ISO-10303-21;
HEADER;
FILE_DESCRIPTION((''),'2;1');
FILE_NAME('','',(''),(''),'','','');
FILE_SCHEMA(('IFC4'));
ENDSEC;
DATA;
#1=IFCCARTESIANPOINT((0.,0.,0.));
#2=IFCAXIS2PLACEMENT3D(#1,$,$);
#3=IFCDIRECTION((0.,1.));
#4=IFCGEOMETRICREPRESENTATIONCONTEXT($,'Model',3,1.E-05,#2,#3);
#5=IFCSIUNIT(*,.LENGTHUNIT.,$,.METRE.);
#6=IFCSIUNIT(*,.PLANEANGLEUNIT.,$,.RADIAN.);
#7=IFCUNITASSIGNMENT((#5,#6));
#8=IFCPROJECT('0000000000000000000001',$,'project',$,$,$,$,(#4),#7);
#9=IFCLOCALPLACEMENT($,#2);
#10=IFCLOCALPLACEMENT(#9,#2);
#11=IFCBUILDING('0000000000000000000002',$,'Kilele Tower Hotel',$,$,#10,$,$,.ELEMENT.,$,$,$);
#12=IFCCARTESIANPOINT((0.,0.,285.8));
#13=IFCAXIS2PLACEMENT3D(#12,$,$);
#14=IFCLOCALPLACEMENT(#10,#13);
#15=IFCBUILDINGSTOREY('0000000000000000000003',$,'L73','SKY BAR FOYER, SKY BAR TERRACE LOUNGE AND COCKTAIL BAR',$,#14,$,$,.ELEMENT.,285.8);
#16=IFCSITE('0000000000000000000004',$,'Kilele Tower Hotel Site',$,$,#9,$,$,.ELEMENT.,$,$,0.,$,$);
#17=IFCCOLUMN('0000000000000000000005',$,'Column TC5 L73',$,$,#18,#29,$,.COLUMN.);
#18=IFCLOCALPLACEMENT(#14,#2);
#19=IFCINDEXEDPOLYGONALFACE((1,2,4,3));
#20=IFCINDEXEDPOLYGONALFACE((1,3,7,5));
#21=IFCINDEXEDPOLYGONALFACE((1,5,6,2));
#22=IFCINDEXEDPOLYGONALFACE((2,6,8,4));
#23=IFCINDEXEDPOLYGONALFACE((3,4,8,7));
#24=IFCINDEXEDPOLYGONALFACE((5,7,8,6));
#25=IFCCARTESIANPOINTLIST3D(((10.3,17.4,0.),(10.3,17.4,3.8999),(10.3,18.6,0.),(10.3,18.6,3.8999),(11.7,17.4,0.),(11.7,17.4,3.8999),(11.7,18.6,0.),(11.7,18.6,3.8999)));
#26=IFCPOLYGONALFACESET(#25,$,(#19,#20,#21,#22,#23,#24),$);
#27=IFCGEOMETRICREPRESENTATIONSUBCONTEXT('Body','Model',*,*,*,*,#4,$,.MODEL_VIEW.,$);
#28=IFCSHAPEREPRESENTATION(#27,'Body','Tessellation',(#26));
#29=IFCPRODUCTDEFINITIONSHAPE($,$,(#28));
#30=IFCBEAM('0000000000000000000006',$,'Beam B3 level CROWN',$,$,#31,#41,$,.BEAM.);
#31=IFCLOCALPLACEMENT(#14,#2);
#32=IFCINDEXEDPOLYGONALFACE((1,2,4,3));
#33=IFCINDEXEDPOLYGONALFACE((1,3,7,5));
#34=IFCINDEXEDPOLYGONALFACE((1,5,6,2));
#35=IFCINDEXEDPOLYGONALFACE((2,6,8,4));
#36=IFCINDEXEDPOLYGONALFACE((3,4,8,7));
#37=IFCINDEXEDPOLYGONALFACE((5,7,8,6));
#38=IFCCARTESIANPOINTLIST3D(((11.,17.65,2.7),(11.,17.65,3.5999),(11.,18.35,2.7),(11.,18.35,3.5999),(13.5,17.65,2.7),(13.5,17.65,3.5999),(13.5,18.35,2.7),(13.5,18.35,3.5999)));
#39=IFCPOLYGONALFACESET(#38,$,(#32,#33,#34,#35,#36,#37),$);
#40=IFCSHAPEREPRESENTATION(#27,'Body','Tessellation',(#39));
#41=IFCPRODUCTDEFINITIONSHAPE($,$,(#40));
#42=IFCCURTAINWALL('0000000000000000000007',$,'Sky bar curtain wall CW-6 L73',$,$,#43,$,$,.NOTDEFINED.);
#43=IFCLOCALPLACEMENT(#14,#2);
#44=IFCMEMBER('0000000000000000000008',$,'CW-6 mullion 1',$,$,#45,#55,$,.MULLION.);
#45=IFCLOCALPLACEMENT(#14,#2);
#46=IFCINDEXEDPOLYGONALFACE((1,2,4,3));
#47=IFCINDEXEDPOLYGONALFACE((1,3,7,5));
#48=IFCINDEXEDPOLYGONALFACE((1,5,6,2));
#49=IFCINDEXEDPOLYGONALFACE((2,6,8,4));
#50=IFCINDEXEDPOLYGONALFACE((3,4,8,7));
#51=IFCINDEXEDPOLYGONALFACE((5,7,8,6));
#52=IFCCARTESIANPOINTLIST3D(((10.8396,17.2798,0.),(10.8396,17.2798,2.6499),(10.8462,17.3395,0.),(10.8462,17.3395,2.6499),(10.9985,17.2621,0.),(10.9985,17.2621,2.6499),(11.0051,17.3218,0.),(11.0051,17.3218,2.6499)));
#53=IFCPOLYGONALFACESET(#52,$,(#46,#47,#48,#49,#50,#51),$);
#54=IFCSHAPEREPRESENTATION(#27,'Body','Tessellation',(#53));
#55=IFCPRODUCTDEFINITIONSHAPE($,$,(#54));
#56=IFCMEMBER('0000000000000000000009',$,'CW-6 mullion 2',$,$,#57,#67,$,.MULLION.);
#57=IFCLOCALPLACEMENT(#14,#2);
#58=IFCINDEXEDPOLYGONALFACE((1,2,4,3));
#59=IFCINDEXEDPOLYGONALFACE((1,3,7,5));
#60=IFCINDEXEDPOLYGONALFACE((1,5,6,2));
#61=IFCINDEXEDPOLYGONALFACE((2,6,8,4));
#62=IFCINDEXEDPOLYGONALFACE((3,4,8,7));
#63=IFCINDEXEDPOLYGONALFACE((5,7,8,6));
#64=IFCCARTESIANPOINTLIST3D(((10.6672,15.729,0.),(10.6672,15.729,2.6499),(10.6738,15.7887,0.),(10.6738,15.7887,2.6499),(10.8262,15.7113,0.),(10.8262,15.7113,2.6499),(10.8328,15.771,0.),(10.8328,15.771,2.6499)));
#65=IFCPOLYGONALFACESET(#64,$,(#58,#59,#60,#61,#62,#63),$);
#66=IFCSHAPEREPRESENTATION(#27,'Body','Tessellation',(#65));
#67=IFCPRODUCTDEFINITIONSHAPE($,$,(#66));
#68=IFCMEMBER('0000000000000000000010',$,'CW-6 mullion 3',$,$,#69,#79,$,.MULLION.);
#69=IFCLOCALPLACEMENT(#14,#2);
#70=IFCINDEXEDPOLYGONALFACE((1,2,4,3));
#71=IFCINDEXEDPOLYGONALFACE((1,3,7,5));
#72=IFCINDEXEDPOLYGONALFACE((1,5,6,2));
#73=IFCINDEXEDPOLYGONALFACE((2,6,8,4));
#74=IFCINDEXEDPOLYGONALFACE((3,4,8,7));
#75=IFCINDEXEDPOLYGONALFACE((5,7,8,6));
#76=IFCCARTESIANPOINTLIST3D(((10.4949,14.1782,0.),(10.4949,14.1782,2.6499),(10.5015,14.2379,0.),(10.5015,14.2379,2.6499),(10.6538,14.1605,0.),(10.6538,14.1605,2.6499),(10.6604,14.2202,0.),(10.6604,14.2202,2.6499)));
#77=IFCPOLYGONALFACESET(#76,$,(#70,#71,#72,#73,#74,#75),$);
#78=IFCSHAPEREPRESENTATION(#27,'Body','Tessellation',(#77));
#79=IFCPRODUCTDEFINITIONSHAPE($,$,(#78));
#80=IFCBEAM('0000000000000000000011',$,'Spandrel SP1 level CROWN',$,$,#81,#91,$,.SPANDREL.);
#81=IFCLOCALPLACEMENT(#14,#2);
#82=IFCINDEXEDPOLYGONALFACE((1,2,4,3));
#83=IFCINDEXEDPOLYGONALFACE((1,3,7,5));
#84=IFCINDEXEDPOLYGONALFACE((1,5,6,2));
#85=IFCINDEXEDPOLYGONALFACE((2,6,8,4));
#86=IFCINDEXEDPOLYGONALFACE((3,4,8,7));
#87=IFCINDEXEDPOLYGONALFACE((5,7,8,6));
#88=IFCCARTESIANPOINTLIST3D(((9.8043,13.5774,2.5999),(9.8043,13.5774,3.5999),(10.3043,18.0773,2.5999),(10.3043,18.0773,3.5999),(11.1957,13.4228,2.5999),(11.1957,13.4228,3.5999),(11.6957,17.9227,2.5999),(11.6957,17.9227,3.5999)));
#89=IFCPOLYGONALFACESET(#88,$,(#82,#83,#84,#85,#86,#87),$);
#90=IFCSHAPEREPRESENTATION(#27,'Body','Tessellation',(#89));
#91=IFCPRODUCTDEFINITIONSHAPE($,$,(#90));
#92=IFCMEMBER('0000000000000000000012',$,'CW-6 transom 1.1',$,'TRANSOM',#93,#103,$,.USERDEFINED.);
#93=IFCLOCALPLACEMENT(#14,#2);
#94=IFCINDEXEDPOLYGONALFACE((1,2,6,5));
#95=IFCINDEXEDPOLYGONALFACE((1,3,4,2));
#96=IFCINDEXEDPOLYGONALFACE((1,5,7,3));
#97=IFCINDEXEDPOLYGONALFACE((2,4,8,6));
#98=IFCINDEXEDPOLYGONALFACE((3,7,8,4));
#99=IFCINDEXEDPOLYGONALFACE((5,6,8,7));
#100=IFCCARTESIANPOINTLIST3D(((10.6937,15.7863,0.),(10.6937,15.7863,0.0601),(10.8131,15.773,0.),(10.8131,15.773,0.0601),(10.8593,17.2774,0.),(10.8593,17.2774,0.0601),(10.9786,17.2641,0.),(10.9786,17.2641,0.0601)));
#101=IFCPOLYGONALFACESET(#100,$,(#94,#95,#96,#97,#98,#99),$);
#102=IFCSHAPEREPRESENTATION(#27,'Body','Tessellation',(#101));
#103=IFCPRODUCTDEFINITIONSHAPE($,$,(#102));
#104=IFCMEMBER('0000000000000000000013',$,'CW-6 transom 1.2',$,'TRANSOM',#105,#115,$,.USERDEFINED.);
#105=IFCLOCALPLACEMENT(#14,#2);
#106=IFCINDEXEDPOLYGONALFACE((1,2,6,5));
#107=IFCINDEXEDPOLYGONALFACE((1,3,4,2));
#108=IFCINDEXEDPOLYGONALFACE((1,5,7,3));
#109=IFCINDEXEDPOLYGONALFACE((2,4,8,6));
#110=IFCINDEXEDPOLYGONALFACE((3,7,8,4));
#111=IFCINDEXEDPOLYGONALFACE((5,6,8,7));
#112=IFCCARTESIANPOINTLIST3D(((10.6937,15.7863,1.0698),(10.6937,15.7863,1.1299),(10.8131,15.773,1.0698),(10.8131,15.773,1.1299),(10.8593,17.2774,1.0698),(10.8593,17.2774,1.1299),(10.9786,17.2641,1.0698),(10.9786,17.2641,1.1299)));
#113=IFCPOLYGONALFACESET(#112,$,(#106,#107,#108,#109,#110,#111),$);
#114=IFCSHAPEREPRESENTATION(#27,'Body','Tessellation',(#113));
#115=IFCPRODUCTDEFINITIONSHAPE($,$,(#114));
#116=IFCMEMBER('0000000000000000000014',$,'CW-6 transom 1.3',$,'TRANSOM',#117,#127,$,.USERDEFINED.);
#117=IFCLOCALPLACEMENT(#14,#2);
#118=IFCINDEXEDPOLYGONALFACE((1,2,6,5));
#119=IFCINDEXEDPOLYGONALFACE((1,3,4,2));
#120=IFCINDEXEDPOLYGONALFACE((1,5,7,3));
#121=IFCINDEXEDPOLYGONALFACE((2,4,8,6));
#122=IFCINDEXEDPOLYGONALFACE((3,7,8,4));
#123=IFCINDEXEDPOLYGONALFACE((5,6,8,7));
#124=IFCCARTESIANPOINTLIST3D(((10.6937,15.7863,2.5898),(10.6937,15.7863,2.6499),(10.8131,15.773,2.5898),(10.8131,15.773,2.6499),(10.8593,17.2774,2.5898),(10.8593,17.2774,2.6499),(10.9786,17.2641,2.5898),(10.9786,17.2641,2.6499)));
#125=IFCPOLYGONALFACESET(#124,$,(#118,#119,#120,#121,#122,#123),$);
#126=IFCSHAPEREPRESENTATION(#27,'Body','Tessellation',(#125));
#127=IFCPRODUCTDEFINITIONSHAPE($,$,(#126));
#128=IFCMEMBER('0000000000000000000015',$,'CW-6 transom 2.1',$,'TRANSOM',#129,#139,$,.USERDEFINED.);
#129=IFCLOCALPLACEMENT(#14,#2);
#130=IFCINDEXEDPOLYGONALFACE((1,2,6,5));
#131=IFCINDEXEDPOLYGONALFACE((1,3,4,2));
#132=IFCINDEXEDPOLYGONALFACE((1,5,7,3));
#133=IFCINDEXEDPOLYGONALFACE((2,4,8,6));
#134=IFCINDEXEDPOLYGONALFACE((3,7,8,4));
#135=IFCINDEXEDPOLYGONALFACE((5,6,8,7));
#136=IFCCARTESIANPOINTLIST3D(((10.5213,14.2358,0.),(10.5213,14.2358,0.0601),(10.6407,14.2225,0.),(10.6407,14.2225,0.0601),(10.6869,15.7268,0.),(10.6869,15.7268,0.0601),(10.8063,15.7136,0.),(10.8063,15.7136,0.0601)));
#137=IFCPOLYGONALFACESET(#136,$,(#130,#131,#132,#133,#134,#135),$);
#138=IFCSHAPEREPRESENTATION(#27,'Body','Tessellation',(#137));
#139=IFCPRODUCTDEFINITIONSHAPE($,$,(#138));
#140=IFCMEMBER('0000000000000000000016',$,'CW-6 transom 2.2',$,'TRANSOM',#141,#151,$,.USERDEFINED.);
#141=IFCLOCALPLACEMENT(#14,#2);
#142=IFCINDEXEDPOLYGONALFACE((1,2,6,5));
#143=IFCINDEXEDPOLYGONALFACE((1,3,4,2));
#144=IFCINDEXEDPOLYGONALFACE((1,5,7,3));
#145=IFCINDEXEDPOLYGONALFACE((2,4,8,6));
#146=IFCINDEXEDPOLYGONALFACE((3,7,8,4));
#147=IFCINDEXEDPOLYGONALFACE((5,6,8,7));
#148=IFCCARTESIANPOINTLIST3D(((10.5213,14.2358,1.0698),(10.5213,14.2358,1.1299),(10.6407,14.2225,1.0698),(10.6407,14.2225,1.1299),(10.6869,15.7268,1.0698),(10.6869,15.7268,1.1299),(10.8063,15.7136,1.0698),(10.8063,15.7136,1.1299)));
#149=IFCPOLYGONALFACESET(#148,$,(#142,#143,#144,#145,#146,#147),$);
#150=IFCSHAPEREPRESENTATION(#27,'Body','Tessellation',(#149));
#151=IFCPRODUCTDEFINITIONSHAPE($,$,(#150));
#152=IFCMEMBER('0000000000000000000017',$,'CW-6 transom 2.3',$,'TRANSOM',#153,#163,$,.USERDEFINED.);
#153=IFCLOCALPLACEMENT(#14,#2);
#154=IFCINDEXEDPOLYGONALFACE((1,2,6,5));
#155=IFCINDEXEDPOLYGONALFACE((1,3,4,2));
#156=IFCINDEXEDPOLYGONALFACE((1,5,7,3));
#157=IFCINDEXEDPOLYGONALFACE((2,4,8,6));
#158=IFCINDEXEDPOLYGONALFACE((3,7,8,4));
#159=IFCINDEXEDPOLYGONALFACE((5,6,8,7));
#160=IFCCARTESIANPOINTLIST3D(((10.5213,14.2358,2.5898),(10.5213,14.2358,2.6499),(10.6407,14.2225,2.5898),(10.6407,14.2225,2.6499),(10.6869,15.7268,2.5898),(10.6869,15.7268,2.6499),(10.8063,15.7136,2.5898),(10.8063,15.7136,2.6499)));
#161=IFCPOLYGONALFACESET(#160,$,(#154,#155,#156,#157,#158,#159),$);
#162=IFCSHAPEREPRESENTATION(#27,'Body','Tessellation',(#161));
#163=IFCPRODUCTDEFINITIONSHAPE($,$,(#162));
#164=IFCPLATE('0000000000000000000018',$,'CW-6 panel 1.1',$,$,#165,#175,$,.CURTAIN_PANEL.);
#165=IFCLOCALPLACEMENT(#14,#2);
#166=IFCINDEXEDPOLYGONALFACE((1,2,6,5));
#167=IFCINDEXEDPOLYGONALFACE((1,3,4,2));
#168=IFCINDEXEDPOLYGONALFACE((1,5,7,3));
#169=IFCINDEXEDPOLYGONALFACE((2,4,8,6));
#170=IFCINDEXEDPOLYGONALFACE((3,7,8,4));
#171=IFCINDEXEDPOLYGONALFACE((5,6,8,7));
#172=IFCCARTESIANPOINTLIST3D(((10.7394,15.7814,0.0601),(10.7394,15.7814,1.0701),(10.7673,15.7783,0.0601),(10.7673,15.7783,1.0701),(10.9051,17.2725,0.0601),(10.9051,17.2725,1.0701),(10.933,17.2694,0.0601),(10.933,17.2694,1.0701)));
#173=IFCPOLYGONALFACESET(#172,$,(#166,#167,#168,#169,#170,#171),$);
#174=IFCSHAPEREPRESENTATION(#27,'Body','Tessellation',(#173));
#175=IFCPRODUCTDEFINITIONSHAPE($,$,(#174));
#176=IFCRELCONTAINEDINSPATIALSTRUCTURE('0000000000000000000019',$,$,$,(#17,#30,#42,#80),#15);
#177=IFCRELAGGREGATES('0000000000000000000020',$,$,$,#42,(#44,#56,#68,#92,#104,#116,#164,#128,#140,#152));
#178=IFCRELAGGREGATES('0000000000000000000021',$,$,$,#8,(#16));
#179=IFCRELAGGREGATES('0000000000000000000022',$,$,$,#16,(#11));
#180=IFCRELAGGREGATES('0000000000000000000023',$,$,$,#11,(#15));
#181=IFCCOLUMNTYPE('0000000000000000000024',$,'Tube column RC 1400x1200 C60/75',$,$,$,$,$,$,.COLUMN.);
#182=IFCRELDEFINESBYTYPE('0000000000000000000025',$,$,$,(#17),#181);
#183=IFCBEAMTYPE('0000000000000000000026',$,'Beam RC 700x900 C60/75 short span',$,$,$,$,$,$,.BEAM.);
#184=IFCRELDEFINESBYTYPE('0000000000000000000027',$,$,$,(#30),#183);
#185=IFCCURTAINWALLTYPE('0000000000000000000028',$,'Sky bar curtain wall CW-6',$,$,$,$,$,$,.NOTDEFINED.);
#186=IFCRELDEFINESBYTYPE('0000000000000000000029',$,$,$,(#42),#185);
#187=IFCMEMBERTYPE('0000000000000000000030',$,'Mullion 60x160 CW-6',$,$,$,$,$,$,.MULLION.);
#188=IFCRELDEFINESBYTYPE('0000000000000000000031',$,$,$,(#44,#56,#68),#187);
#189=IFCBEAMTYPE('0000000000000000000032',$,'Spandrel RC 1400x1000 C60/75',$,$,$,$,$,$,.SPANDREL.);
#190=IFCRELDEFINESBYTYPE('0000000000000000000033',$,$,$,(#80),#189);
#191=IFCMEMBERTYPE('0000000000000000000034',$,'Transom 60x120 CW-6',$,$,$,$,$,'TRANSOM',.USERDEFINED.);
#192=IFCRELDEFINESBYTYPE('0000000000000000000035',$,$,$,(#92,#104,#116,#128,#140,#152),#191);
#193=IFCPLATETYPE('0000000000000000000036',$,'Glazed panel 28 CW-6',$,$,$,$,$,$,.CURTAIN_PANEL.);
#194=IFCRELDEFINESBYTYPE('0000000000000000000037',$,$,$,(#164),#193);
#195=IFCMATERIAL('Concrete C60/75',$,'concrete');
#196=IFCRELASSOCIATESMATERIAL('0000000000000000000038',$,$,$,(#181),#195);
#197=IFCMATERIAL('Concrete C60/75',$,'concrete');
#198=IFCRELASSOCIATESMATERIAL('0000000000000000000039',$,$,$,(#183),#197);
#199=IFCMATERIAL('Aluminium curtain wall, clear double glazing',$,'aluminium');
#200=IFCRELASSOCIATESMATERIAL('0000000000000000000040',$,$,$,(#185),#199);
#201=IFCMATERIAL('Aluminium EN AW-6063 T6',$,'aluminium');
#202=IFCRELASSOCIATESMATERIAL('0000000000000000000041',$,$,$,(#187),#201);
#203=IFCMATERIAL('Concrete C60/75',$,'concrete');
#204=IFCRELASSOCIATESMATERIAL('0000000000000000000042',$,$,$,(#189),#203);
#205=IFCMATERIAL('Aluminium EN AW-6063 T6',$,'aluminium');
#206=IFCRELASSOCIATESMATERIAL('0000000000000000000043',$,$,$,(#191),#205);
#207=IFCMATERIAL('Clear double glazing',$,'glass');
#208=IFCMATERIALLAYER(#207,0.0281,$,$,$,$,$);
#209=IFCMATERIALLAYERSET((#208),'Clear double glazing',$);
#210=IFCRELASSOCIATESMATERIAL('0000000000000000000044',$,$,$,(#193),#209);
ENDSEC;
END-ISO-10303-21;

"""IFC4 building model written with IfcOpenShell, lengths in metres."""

from ifc_helpers import new_model, si_unit, direction, frame, origin, origin_2d, place, context, subcontext, project, spatial, rectangle, extrude, material, layer, layer_set, material_profile, profile_set, type_object, element, aggregate, save


model = new_model("IFC4")

# Units and contexts
model_context = context("Model", 3, precision=1e-05, world=origin(), true_north=direction((0.0, 1.0)))
body_context = subcontext(model_context, "Body", "Model", "MODEL_VIEW")
ifc_project = project(units=[si_unit("LENGTHUNIT", "METRE"), si_unit("PLANEANGLEUNIT", "RADIAN")], contexts=[model_context])

# Site, building, storey
site_placement = place(None, origin())
site = spatial("IfcSite", under=ifc_project, at=site_placement, Name="Kilele Tower Hotel Site", CompositionType="ELEMENT", RefElevation=0.0)
building_placement = place(site_placement, origin())
building = spatial("IfcBuilding", under=site, at=building_placement, Name="Kilele Tower Hotel", CompositionType="ELEMENT")
storey_placement = place(building_placement, frame((0.0, 0.0, 285.8)))
storey = spatial("IfcBuildingStorey", under=building, at=storey_placement, Name="L73", Description="SKY BAR FOYER, SKY BAR TERRACE LOUNGE AND COCKTAIL BAR", CompositionType="ELEMENT", Elevation=285.8)

# Column
ifc_material_1 = material(Name="Concrete C60/75", Category="concrete")
ifc_material_profile_1 = material_profile(ifc_material_1, rectangle(XDim=1.3999, YDim=1.2, at=origin_2d()))
ifc_profile_set_1 = profile_set([ifc_material_profile_1], Name="Concrete C60/75")
column_type = type_object("IfcColumnType", Name="Tube column RC 1400x1200 C60/75", PredefinedType="COLUMN", material=ifc_profile_set_1)
column_placement = place(storey_placement, frame((11.0, 18.0, 0.0), z_axis=(0.0, 0.0, 1.0), x_axis=(1.0, 0.0, 0.0)))
element("IfcColumn", 1, at=column_placement, inside=storey, type_object=column_type, Name="Column TC5 L73", PredefinedType="COLUMN", context=body_context, shape_type="SweptSolid", body=[
    extrude(rectangle(XDim=1.3999, YDim=1.2, at=origin_2d()), origin(), (0.0, 0.0, 1.0), 3.8999),
])

# Beam
ifc_material_2 = material(Name="Concrete C60/75", Category="concrete")
ifc_material_profile_2 = material_profile(ifc_material_2, rectangle(XDim=0.7, YDim=0.8999, at=origin_2d()))
ifc_profile_set_2 = profile_set([ifc_material_profile_2], Name="Concrete C60/75")
beam_type_1 = type_object("IfcBeamType", Name="Beam RC 700x900 C60/75 short span", PredefinedType="BEAM", material=ifc_profile_set_2)
beam_1_placement = place(storey_placement, frame((11.0, 18.0, 3.1499), z_axis=(1.0, 0.0, 0.0), x_axis=(0.0, 1.0, 0.0)))
element("IfcBeam", 2, at=beam_1_placement, inside=storey, type_object=beam_type_1, Name="Beam B3 level CROWN", PredefinedType="BEAM", context=body_context, shape_type="SweptSolid", body=[
    extrude(rectangle(XDim=0.7, YDim=0.8999, at=origin_2d()), origin(), (0.0, 0.0, 1.0), 2.5),
])

# Curtain wall, members
ifc_material_3 = material(Name="Aluminium curtain wall, clear double glazing", Category="aluminium")
curtain_wall_type = type_object("IfcCurtainWallType", Name="Sky bar curtain wall CW-6", PredefinedType="NOTDEFINED", material=ifc_material_3)
curtain_wall_placement = place(storey_placement, origin())
curtain_wall = element("IfcCurtainWall", 3, at=curtain_wall_placement, inside=storey, type_object=curtain_wall_type, Name="Sky bar curtain wall CW-6 L73", PredefinedType="NOTDEFINED")
ifc_material_4 = material(Name="Aluminium EN AW-6063 T6", Category="aluminium")
ifc_material_profile_3 = material_profile(ifc_material_4, rectangle(XDim=0.1599, YDim=0.0601, at=origin_2d()))
ifc_profile_set_3 = profile_set([ifc_material_profile_3], Name="Aluminium EN AW-6063 T6")
member_type_1 = type_object("IfcMemberType", Name="Mullion 60x160 CW-6", PredefinedType="MULLION", material=ifc_profile_set_3)
member_1_placement = place(storey_placement, frame((10.9224, 17.3008, 0.0), z_axis=(0.0, 0.0, 1.0), x_axis=(0.993884, -0.110432, 0.0)))
member_1 = element("IfcMember", 4, at=member_1_placement, type_object=member_type_1, Name="CW-6 mullion 1", PredefinedType="MULLION", context=body_context, shape_type="SweptSolid", body=[
    extrude(rectangle(XDim=0.1599, YDim=0.0601, at=origin_2d()), origin(), (0.0, 0.0, 1.0), 2.6499),
])
member_2_placement = place(storey_placement, frame((10.75, 15.75, 0.0), z_axis=(0.0, 0.0, 1.0), x_axis=(0.993884, -0.110432, 0.0)))
member_2 = element("IfcMember", 5, at=member_2_placement, type_object=member_type_1, Name="CW-6 mullion 2", PredefinedType="MULLION", context=body_context, shape_type="SweptSolid", body=[
    extrude(rectangle(XDim=0.1599, YDim=0.0601, at=origin_2d()), origin(), (0.0, 0.0, 1.0), 2.6499),
])
member_3_placement = place(storey_placement, frame((10.5776, 14.1992, 0.0), z_axis=(0.0, 0.0, 1.0), x_axis=(0.993884, -0.110432, 0.0)))
member_3 = element("IfcMember", 6, at=member_3_placement, type_object=member_type_1, Name="CW-6 mullion 3", PredefinedType="MULLION", context=body_context, shape_type="SweptSolid", body=[
    extrude(rectangle(XDim=0.1599, YDim=0.0601, at=origin_2d()), origin(), (0.0, 0.0, 1.0), 2.6499),
])

# Beam
ifc_material_5 = material(Name="Concrete C60/75", Category="concrete")
ifc_material_profile_4 = material_profile(ifc_material_5, rectangle(XDim=1.3999, YDim=1.0, at=origin_2d()))
ifc_profile_set_4 = profile_set([ifc_material_profile_4], Name="Concrete C60/75")
beam_type_2 = type_object("IfcBeamType", Name="Spandrel RC 1400x1000 C60/75", PredefinedType="SPANDREL", material=ifc_profile_set_4)
beam_2_placement = place(storey_placement, frame((11.0, 18.0, 3.0999), z_axis=(-0.110432, -0.993884, 0.0), x_axis=(0.993884, -0.110432, 0.0)))
element("IfcBeam", 7, at=beam_2_placement, inside=storey, type_object=beam_type_2, Name="Spandrel SP1 level CROWN", PredefinedType="SPANDREL", context=body_context, shape_type="SweptSolid", body=[
    extrude(rectangle(XDim=1.3999, YDim=1.0, at=origin_2d()), origin(), (0.0, 0.0, 1.0), 4.5276),
])

# Members
ifc_material_6 = material(Name="Aluminium EN AW-6063 T6", Category="aluminium")
ifc_material_profile_5 = material_profile(ifc_material_6, rectangle(XDim=0.1201, YDim=0.0601, at=origin_2d()))
ifc_profile_set_5 = profile_set([ifc_material_profile_5], Name="Aluminium EN AW-6063 T6")
member_type_2 = type_object("IfcMemberType", Name="Transom 60x120 CW-6", ElementType="TRANSOM", PredefinedType="USERDEFINED", material=ifc_profile_set_5)
member_4_placement = place(storey_placement, frame((10.9189, 17.2708, 0.03), z_axis=(-0.110342, -0.993894, 0.0), x_axis=(0.993894, -0.110342, 0.0)))
member_4 = element("IfcMember", 8, at=member_4_placement, type_object=member_type_2, Name="CW-6 transom 1.1", ObjectType="TRANSOM", PredefinedType="USERDEFINED", context=body_context, shape_type="SweptSolid", body=[
    extrude(rectangle(XDim=0.1201, YDim=0.0601, at=origin_2d()), origin(), (0.0, 0.0, 1.0), 1.5002),
])
member_5_placement = place(storey_placement, frame((10.9189, 17.2708, 1.0999), z_axis=(-0.110342, -0.993894, 0.0), x_axis=(0.993894, -0.110342, 0.0)))
member_5 = element("IfcMember", 9, at=member_5_placement, type_object=member_type_2, Name="CW-6 transom 1.2", ObjectType="TRANSOM", PredefinedType="USERDEFINED", context=body_context, shape_type="SweptSolid", body=[
    extrude(rectangle(XDim=0.1201, YDim=0.0601, at=origin_2d()), origin(), (0.0, 0.0, 1.0), 1.5002),
])
member_6_placement = place(storey_placement, frame((10.9189, 17.2708, 2.6199), z_axis=(-0.110342, -0.993894, 0.0), x_axis=(0.993894, -0.110342, 0.0)))
member_6 = element("IfcMember", 10, at=member_6_placement, type_object=member_type_2, Name="CW-6 transom 1.3", ObjectType="TRANSOM", PredefinedType="USERDEFINED", context=body_context, shape_type="SweptSolid", body=[
    extrude(rectangle(XDim=0.1201, YDim=0.0601, at=origin_2d()), origin(), (0.0, 0.0, 1.0), 1.5002),
])
member_7_placement = place(storey_placement, frame((10.7466, 15.7202, 0.03), z_axis=(-0.110342, -0.993894, 0.0), x_axis=(0.993894, -0.110342, 0.0)))
member_7 = element("IfcMember", 11, at=member_7_placement, type_object=member_type_2, Name="CW-6 transom 2.1", ObjectType="TRANSOM", PredefinedType="USERDEFINED", context=body_context, shape_type="SweptSolid", body=[
    extrude(rectangle(XDim=0.1201, YDim=0.0601, at=origin_2d()), origin(), (0.0, 0.0, 1.0), 1.5002),
])
member_8_placement = place(storey_placement, frame((10.7466, 15.7202, 1.0999), z_axis=(-0.110342, -0.993894, 0.0), x_axis=(0.993894, -0.110342, 0.0)))
member_8 = element("IfcMember", 12, at=member_8_placement, type_object=member_type_2, Name="CW-6 transom 2.2", ObjectType="TRANSOM", PredefinedType="USERDEFINED", context=body_context, shape_type="SweptSolid", body=[
    extrude(rectangle(XDim=0.1201, YDim=0.0601, at=origin_2d()), origin(), (0.0, 0.0, 1.0), 1.5002),
])
member_9_placement = place(storey_placement, frame((10.7466, 15.7202, 2.6199), z_axis=(-0.110342, -0.993894, 0.0), x_axis=(0.993894, -0.110342, 0.0)))
member_9 = element("IfcMember", 13, at=member_9_placement, type_object=member_type_2, Name="CW-6 transom 2.3", ObjectType="TRANSOM", PredefinedType="USERDEFINED", context=body_context, shape_type="SweptSolid", body=[
    extrude(rectangle(XDim=0.1201, YDim=0.0601, at=origin_2d()), origin(), (0.0, 0.0, 1.0), 1.5002),
])

# Plate
ifc_material_7 = material(Name="Clear double glazing", Category="glass")
ifc_layer_1 = layer(ifc_material_7, 0.0281)
ifc_layer_set_1 = layer_set([ifc_layer_1], Name="Clear double glazing")
plate_type = type_object("IfcPlateType", Name="Glazed panel 28 CW-6", PredefinedType="CURTAIN_PANEL", material=ifc_layer_set_1)
plate_1_placement = place(storey_placement, frame((10.8362, 16.5254, 0.0601), z_axis=(0.0, 0.0, 1.0), x_axis=(-0.110432, -0.993884, 0.0)))
plate_1 = element("IfcPlate", 14, at=plate_1_placement, type_object=plate_type, Name="CW-6 panel 1.1", PredefinedType="CURTAIN_PANEL", context=body_context, shape_type="SweptSolid", body=[
    extrude(rectangle(XDim=1.5002, YDim=0.0281, at=origin_2d()), origin(), (0.0, 0.0, 1.0), 1.01),
])
aggregate(curtain_wall, [member_1, member_2, member_3, member_4, member_5, member_6, plate_1, member_7, member_8, member_9])

save(model, "model.ifc")
